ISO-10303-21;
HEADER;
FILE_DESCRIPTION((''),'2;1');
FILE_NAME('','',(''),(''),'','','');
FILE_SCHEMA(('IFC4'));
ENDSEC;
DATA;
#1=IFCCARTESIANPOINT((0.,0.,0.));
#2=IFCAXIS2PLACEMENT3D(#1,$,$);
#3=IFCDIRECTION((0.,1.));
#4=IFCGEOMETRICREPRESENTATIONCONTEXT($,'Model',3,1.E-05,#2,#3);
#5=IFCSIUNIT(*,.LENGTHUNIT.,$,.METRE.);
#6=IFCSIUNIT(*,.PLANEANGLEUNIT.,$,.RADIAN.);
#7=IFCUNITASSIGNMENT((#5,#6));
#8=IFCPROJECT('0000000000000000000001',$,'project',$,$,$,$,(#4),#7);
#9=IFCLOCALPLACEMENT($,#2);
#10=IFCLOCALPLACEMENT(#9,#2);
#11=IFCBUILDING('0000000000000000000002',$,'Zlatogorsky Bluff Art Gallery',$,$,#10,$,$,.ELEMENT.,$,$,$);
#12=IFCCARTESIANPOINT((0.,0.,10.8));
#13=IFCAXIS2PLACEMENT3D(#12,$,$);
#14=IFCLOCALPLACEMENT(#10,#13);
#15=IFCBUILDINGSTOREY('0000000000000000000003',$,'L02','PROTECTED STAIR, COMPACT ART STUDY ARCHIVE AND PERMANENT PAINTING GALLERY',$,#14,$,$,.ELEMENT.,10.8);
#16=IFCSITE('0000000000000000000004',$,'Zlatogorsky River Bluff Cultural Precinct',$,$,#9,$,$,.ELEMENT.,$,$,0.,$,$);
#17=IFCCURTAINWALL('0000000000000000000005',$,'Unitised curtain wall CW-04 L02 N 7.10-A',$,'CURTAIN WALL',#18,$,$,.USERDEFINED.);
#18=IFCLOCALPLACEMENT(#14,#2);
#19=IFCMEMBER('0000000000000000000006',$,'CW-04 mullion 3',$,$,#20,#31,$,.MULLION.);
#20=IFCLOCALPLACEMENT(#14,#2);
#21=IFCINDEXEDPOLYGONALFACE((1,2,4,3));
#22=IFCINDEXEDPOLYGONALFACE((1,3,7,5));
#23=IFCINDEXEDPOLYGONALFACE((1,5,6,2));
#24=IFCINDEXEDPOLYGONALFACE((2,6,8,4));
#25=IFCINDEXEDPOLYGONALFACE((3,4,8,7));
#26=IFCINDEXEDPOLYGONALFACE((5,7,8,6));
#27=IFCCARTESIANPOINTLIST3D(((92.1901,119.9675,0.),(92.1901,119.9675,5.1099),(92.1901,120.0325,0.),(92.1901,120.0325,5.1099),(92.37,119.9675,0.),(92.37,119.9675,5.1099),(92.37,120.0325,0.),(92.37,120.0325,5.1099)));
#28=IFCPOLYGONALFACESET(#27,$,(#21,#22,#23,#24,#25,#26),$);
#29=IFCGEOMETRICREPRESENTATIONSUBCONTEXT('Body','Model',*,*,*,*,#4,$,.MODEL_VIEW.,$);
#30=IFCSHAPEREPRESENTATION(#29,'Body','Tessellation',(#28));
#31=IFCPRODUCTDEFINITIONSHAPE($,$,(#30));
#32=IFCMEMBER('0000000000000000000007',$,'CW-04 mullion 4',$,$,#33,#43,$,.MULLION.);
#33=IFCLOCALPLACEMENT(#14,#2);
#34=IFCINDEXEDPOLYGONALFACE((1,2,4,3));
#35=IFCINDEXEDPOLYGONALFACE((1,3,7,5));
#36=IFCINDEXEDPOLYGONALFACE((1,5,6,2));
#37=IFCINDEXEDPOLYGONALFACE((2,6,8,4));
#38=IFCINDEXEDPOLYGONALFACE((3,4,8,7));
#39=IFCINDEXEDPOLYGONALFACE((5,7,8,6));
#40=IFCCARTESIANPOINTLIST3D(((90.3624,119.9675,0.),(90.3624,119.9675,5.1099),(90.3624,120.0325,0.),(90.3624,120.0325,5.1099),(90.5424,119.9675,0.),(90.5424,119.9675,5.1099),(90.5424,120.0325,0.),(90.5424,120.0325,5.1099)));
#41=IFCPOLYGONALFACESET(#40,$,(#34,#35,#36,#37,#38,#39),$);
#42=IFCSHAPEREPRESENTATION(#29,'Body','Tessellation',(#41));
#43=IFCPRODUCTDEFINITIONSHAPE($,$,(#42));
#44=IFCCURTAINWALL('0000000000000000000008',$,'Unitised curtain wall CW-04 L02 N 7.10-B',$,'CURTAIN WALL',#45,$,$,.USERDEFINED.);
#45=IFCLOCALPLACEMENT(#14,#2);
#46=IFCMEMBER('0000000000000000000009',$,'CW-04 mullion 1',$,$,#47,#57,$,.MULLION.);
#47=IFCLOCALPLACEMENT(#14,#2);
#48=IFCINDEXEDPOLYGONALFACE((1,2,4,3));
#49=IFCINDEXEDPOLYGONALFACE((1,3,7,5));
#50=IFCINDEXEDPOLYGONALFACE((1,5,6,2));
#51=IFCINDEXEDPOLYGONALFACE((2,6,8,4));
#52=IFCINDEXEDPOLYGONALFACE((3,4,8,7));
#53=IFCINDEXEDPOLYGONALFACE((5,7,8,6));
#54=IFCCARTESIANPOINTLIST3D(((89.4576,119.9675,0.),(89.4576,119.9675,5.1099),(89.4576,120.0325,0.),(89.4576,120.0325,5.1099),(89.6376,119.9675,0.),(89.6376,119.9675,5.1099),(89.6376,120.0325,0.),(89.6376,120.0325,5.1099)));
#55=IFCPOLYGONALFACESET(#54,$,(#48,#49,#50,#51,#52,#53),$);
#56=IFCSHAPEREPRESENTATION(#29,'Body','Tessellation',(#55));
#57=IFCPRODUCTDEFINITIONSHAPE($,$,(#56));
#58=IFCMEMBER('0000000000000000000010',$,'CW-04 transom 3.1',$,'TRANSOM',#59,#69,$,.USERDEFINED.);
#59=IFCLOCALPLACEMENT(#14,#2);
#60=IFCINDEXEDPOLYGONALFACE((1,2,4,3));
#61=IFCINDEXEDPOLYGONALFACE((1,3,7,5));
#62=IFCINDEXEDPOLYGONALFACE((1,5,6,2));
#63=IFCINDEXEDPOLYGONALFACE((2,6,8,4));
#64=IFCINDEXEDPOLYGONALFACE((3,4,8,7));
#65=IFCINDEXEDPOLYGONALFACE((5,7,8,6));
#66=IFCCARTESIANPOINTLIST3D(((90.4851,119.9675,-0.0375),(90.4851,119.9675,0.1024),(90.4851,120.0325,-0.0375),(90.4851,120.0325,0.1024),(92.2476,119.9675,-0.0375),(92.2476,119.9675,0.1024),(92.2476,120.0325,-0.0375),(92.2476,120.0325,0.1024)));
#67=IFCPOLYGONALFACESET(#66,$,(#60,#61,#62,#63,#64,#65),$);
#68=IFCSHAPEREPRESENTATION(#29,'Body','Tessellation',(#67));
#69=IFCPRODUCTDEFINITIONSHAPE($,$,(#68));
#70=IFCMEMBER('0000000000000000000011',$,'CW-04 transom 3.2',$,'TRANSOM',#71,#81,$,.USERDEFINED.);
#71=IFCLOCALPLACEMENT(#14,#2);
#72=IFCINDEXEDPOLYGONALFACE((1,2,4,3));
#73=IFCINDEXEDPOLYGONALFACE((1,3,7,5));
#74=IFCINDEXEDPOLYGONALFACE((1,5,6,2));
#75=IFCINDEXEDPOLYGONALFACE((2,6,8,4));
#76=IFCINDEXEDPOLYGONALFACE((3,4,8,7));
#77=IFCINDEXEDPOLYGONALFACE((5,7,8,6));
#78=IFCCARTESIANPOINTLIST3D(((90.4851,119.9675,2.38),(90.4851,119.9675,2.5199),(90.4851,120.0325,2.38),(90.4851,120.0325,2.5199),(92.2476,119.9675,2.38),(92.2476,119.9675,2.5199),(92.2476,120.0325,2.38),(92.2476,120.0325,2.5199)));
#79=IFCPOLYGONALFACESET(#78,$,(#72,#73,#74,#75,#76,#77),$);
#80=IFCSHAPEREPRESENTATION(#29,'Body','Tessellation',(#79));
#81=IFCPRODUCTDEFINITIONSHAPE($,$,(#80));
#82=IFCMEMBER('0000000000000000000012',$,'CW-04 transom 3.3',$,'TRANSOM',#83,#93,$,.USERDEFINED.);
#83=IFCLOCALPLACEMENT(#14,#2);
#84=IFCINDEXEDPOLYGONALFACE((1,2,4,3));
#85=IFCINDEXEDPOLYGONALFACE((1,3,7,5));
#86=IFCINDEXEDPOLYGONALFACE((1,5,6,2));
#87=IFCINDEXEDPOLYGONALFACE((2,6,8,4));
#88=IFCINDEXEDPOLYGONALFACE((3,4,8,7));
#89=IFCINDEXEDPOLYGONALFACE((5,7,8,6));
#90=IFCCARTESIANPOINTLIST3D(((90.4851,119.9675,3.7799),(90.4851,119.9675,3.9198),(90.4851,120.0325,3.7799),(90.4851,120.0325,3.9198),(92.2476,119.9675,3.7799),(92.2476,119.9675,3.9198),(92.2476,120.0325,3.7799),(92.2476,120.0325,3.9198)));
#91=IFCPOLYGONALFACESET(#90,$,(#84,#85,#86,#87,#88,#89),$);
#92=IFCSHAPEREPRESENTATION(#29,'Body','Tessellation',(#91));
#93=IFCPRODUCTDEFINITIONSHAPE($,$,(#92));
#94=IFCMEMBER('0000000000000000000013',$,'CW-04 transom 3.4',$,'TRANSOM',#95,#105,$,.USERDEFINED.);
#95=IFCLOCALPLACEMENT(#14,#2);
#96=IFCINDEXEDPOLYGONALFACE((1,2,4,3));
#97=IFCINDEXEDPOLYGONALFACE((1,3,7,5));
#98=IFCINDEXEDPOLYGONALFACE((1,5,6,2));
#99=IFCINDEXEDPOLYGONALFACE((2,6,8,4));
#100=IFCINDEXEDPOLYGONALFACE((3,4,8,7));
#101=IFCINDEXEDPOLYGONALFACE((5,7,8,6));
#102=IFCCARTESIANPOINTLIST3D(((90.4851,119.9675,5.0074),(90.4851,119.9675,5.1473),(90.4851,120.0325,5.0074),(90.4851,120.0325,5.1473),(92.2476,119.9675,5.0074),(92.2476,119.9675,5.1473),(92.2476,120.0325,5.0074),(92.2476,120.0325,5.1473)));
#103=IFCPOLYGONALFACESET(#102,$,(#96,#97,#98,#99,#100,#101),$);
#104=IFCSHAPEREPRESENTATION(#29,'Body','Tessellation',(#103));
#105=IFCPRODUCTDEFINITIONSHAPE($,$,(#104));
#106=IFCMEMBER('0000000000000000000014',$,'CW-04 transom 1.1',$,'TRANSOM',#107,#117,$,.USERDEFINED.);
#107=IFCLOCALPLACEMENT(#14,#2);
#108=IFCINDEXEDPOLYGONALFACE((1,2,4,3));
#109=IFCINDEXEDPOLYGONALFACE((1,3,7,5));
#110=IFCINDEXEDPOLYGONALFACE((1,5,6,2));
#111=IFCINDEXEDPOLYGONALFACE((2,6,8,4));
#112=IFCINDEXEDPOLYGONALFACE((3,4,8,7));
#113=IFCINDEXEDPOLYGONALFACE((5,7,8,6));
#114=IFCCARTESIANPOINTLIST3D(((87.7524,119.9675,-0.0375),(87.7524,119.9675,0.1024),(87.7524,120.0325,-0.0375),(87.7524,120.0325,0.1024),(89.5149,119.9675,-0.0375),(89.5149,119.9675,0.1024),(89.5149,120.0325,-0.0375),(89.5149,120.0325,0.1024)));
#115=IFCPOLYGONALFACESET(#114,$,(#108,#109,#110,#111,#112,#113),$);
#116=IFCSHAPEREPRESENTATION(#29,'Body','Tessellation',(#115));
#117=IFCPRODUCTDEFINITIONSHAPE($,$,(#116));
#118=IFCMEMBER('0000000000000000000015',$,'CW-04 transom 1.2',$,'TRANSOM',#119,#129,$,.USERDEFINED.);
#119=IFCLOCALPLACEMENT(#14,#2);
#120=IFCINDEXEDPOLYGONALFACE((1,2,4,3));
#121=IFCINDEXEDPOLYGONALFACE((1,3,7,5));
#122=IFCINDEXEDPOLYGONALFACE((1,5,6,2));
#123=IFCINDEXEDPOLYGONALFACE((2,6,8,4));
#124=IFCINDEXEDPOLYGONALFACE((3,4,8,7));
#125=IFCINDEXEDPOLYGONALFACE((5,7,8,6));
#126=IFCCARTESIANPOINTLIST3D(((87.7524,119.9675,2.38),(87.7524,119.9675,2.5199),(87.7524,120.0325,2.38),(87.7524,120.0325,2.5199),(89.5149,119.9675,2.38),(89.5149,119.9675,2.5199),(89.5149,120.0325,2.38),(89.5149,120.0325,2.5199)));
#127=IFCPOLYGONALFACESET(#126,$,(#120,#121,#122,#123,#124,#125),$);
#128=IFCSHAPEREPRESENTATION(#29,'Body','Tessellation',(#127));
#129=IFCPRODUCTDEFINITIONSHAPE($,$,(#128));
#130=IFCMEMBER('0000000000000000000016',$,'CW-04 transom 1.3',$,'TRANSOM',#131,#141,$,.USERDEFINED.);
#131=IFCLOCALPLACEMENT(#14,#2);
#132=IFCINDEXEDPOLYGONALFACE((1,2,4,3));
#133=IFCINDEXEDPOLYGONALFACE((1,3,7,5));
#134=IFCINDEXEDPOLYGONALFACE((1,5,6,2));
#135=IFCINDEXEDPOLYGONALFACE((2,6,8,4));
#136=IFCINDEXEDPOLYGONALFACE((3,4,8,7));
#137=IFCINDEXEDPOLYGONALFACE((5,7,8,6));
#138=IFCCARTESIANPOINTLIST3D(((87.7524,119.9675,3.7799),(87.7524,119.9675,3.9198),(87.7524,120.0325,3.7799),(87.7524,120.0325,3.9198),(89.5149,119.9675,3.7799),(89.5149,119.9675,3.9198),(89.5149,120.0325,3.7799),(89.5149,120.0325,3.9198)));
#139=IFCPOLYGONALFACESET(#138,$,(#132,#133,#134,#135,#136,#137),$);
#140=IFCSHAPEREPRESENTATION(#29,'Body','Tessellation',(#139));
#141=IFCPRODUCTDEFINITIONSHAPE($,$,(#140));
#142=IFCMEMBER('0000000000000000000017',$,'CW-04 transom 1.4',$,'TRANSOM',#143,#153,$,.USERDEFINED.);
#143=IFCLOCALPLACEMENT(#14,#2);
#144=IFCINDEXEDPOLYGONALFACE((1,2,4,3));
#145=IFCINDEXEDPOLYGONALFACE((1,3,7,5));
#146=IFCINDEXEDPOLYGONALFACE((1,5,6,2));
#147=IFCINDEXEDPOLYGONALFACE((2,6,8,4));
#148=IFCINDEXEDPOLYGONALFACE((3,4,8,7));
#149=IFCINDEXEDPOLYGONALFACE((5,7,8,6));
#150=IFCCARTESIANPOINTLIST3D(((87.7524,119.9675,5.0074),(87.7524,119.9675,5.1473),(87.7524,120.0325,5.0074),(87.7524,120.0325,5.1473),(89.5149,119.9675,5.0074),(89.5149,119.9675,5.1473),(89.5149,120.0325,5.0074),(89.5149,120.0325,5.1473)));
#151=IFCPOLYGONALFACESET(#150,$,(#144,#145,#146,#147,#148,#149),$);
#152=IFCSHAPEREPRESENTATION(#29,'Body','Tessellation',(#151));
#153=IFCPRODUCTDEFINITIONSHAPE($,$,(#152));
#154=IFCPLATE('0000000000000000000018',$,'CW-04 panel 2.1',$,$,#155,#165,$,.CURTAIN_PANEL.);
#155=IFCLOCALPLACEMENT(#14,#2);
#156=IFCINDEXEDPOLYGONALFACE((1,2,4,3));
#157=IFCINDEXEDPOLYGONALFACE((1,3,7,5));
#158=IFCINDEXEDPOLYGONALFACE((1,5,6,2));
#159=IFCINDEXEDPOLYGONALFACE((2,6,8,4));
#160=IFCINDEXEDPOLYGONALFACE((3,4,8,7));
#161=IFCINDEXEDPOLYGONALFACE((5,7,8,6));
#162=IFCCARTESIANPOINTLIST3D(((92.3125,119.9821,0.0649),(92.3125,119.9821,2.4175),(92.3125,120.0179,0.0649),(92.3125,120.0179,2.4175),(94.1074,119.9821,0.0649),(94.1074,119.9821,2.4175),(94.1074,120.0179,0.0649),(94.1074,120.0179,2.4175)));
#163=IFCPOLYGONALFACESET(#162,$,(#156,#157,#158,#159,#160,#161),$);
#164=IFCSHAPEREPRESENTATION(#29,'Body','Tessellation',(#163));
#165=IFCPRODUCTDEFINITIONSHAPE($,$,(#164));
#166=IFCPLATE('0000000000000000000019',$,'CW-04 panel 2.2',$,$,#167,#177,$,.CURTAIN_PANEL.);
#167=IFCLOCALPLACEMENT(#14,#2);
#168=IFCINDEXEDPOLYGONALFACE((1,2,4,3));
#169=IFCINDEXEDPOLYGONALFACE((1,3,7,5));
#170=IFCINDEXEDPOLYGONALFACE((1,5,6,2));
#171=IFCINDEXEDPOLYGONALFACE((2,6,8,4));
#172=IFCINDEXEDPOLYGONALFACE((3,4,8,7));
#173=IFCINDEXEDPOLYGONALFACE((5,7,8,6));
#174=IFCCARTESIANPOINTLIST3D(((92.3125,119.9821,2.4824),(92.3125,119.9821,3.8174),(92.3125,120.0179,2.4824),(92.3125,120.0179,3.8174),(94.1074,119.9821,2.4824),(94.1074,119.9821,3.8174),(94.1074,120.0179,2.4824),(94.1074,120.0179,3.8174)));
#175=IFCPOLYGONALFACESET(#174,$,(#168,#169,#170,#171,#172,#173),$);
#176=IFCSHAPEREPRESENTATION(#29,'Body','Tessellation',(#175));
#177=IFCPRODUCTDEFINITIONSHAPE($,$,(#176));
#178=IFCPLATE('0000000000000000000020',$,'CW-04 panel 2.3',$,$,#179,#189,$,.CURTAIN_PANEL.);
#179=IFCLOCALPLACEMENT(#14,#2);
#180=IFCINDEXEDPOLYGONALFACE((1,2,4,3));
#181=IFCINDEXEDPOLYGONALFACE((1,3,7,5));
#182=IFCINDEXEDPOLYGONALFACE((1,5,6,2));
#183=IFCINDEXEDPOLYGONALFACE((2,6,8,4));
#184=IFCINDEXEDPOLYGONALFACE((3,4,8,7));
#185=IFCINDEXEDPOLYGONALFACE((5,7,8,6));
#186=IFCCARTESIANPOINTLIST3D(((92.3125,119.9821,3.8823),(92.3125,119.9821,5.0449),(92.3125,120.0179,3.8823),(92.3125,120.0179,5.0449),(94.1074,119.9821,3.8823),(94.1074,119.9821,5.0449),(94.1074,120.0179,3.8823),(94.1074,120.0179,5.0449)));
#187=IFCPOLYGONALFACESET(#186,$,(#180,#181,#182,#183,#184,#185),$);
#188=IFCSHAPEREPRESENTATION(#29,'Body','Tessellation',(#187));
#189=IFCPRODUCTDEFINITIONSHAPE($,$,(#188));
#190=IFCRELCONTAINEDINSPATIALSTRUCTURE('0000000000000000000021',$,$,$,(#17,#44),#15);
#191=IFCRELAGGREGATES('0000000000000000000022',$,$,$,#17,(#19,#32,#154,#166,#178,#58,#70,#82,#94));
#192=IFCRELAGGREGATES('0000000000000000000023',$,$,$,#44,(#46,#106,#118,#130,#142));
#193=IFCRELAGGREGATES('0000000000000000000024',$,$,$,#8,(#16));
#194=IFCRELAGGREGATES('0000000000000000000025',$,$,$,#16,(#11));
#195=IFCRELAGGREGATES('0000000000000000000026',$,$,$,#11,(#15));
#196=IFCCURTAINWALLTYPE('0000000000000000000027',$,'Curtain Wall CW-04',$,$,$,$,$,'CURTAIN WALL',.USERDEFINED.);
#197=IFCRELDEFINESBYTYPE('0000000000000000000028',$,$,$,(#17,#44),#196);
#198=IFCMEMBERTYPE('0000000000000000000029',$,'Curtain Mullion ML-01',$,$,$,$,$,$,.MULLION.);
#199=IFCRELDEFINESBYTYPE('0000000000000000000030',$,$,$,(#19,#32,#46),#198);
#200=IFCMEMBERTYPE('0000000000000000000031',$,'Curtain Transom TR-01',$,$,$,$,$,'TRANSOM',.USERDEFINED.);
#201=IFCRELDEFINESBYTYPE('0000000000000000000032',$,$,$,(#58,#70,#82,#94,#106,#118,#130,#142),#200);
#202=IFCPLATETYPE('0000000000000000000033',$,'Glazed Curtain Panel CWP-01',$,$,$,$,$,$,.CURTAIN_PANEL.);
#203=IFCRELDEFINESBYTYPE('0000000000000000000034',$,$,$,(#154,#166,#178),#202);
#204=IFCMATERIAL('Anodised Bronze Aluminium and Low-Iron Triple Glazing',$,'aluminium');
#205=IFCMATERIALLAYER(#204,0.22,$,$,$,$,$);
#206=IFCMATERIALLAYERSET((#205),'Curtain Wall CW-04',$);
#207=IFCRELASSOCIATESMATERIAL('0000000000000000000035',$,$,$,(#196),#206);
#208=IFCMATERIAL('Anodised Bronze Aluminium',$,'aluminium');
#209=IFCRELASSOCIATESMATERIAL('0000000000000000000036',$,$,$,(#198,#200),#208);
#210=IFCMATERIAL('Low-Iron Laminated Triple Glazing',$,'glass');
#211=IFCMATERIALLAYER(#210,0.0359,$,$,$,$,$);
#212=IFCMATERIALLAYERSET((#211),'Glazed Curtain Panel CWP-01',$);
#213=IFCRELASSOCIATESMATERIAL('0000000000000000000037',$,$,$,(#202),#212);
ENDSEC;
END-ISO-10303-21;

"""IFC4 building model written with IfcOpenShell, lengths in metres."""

from ifc_helpers import new_model, si_unit, direction, frame, origin, origin_2d, place, context, subcontext, project, spatial, rectangle, extrude, material, layer, layer_set, material_profile, profile_set, type_object, element, aggregate, save


model = new_model("IFC4")

# Units and contexts
model_context = context("Model", 3, precision=1e-05, world=origin(), true_north=direction((0.0, 1.0)))
body_context = subcontext(model_context, "Body", "Model", "MODEL_VIEW")
ifc_project = project(units=[si_unit("LENGTHUNIT", "METRE"), si_unit("PLANEANGLEUNIT", "RADIAN")], contexts=[model_context])

# Site, building, storey
site_placement = place(None, origin())
site = spatial("IfcSite", under=ifc_project, at=site_placement, Name="Zlatogorsky River Bluff Cultural Precinct", CompositionType="ELEMENT", RefElevation=0.0)
building_placement = place(site_placement, origin())
building = spatial("IfcBuilding", under=site, at=building_placement, Name="Zlatogorsky Bluff Art Gallery", CompositionType="ELEMENT")
storey_placement = place(building_placement, frame((0.0, 0.0, 10.8)))
storey = spatial("IfcBuildingStorey", under=building, at=storey_placement, Name="L02", Description="PROTECTED STAIR, COMPACT ART STUDY ARCHIVE AND PERMANENT PAINTING GALLERY", CompositionType="ELEMENT", Elevation=10.8)

# Curtain wall, members
ifc_material_1 = material(Name="Anodised Bronze Aluminium and Low-Iron Triple Glazing", Category="aluminium")
ifc_layer_1 = layer(ifc_material_1, 0.22)
ifc_layer_set_1 = layer_set([ifc_layer_1], Name="Curtain Wall CW-04")
curtain_wall_type = type_object("IfcCurtainWallType", Name="Curtain Wall CW-04", ElementType="CURTAIN WALL", PredefinedType="USERDEFINED", material=ifc_layer_set_1)
curtain_wall_1_placement = place(storey_placement, origin())
curtain_wall_1 = element("IfcCurtainWall", 1, at=curtain_wall_1_placement, inside=storey, type_object=curtain_wall_type, Name="Unitised curtain wall CW-04 L02 N 7.10-A", ObjectType="CURTAIN WALL", PredefinedType="USERDEFINED")
ifc_material_2 = material(Name="Anodised Bronze Aluminium", Category="aluminium")
ifc_material_profile_1 = material_profile(ifc_material_2, rectangle(XDim=0.0649, YDim=0.1799, at=origin_2d()), Name="ALU MULLION 65x180")
ifc_profile_set_1 = profile_set([ifc_material_profile_1], Name="Anodised Bronze Aluminium")
member_type_1 = type_object("IfcMemberType", Name="Curtain Mullion ML-01", PredefinedType="MULLION", material=ifc_profile_set_1)
member_1_placement = place(storey_placement, frame((92.28, 120.0, 0.0), z_axis=(0.0, 0.0, 1.0), x_axis=(0.0, -1.0, 0.0)))
member_1 = element("IfcMember", 2, at=member_1_placement, type_object=member_type_1, Name="CW-04 mullion 3", PredefinedType="MULLION", context=body_context, shape_type="SweptSolid", body=[
    extrude(rectangle(XDim=0.0649, YDim=0.1799, at=origin_2d()), origin(), (0.0, 0.0, 1.0), 5.1099),
])
member_2_placement = place(storey_placement, frame((90.4524, 120.0, 0.0), z_axis=(0.0, 0.0, 1.0), x_axis=(0.0, -1.0, 0.0)))
member_2 = element("IfcMember", 3, at=member_2_placement, type_object=member_type_1, Name="CW-04 mullion 4", PredefinedType="MULLION", context=body_context, shape_type="SweptSolid", body=[
    extrude(rectangle(XDim=0.0649, YDim=0.1799, at=origin_2d()), origin(), (0.0, 0.0, 1.0), 5.1099),
])

# Curtain wall, member
curtain_wall_2_placement = place(storey_placement, origin())
curtain_wall_2 = element("IfcCurtainWall", 4, at=curtain_wall_2_placement, inside=storey, type_object=curtain_wall_type, Name="Unitised curtain wall CW-04 L02 N 7.10-B", ObjectType="CURTAIN WALL", PredefinedType="USERDEFINED")
member_3_placement = place(storey_placement, frame((89.5476, 120.0, 0.0), z_axis=(0.0, 0.0, 1.0), x_axis=(0.0, -1.0, 0.0)))
member_3 = element("IfcMember", 5, at=member_3_placement, type_object=member_type_1, Name="CW-04 mullion 1", PredefinedType="MULLION", context=body_context, shape_type="SweptSolid", body=[
    extrude(rectangle(XDim=0.0649, YDim=0.1799, at=origin_2d()), origin(), (0.0, 0.0, 1.0), 5.1099),
])

# Members
ifc_material_profile_2 = material_profile(ifc_material_2, rectangle(XDim=0.0649, YDim=0.1399, at=origin_2d()), Name="ALU TRANSOM 65x140")
ifc_profile_set_2 = profile_set([ifc_material_profile_2], Name="Anodised Bronze Aluminium")
member_type_2 = type_object("IfcMemberType", Name="Curtain Transom TR-01", ElementType="TRANSOM", PredefinedType="USERDEFINED", material=ifc_profile_set_2)
member_4_placement = place(storey_placement, frame((92.2476, 120.0, 0.0325), z_axis=(-1.0, 0.0, 0.0), x_axis=(0.0, -1.0, 0.0)))
member_4 = element("IfcMember", 6, at=member_4_placement, type_object=member_type_2, Name="CW-04 transom 3.1", ObjectType="TRANSOM", PredefinedType="USERDEFINED", context=body_context, shape_type="SweptSolid", body=[
    extrude(rectangle(XDim=0.0649, YDim=0.1399, at=origin_2d()), origin(), (0.0, 0.0, 1.0), 1.7625),
])
member_5_placement = place(storey_placement, frame((92.2476, 120.0, 2.45), z_axis=(-1.0, 0.0, 0.0), x_axis=(0.0, -1.0, 0.0)))
member_5 = element("IfcMember", 7, at=member_5_placement, type_object=member_type_2, Name="CW-04 transom 3.2", ObjectType="TRANSOM", PredefinedType="USERDEFINED", context=body_context, shape_type="SweptSolid", body=[
    extrude(rectangle(XDim=0.0649, YDim=0.1399, at=origin_2d()), origin(), (0.0, 0.0, 1.0), 1.7625),
])
member_6_placement = place(storey_placement, frame((92.2476, 120.0, 3.8499), z_axis=(-1.0, 0.0, 0.0), x_axis=(0.0, -1.0, 0.0)))
member_6 = element("IfcMember", 8, at=member_6_placement, type_object=member_type_2, Name="CW-04 transom 3.3", ObjectType="TRANSOM", PredefinedType="USERDEFINED", context=body_context, shape_type="SweptSolid", body=[
    extrude(rectangle(XDim=0.0649, YDim=0.1399, at=origin_2d()), origin(), (0.0, 0.0, 1.0), 1.7625),
])
member_7_placement = place(storey_placement, frame((92.2476, 120.0, 5.0774), z_axis=(-1.0, 0.0, 0.0), x_axis=(0.0, -1.0, 0.0)))
member_7 = element("IfcMember", 9, at=member_7_placement, type_object=member_type_2, Name="CW-04 transom 3.4", ObjectType="TRANSOM", PredefinedType="USERDEFINED", context=body_context, shape_type="SweptSolid", body=[
    extrude(rectangle(XDim=0.0649, YDim=0.1399, at=origin_2d()), origin(), (0.0, 0.0, 1.0), 1.7625),
])
member_8_placement = place(storey_placement, frame((89.5149, 120.0, 0.0325), z_axis=(-1.0, 0.0, 0.0), x_axis=(0.0, -1.0, 0.0)))
member_8 = element("IfcMember", 10, at=member_8_placement, type_object=member_type_2, Name="CW-04 transom 1.1", ObjectType="TRANSOM", PredefinedType="USERDEFINED", context=body_context, shape_type="SweptSolid", body=[
    extrude(rectangle(XDim=0.0649, YDim=0.1399, at=origin_2d()), origin(), (0.0, 0.0, 1.0), 1.7625),
])
member_9_placement = place(storey_placement, frame((89.5149, 120.0, 2.45), z_axis=(-1.0, 0.0, 0.0), x_axis=(0.0, -1.0, 0.0)))
member_9 = element("IfcMember", 11, at=member_9_placement, type_object=member_type_2, Name="CW-04 transom 1.2", ObjectType="TRANSOM", PredefinedType="USERDEFINED", context=body_context, shape_type="SweptSolid", body=[
    extrude(rectangle(XDim=0.0649, YDim=0.1399, at=origin_2d()), origin(), (0.0, 0.0, 1.0), 1.7625),
])
member_10_placement = place(storey_placement, frame((89.5149, 120.0, 3.8499), z_axis=(-1.0, 0.0, 0.0), x_axis=(0.0, -1.0, 0.0)))
member_10 = element("IfcMember", 12, at=member_10_placement, type_object=member_type_2, Name="CW-04 transom 1.3", ObjectType="TRANSOM", PredefinedType="USERDEFINED", context=body_context, shape_type="SweptSolid", body=[
    extrude(rectangle(XDim=0.0649, YDim=0.1399, at=origin_2d()), origin(), (0.0, 0.0, 1.0), 1.7625),
])
member_11_placement = place(storey_placement, frame((89.5149, 120.0, 5.0774), z_axis=(-1.0, 0.0, 0.0), x_axis=(0.0, -1.0, 0.0)))
member_11 = element("IfcMember", 13, at=member_11_placement, type_object=member_type_2, Name="CW-04 transom 1.4", ObjectType="TRANSOM", PredefinedType="USERDEFINED", context=body_context, shape_type="SweptSolid", body=[
    extrude(rectangle(XDim=0.0649, YDim=0.1399, at=origin_2d()), origin(), (0.0, 0.0, 1.0), 1.7625),
])

# Plates
ifc_material_3 = material(Name="Low-Iron Laminated Triple Glazing", Category="glass")
ifc_layer_2 = layer(ifc_material_3, 0.0359)
ifc_layer_set_2 = layer_set([ifc_layer_2], Name="Glazed Curtain Panel CWP-01")
plate_type = type_object("IfcPlateType", Name="Glazed Curtain Panel CWP-01", PredefinedType="CURTAIN_PANEL", material=ifc_layer_set_2)
plate_1_placement = place(storey_placement, frame((93.21, 120.0, 0.0649), z_axis=(0.0, 0.0, 1.0), x_axis=(-1.0, 0.0, 0.0)))
plate_1 = element("IfcPlate", 14, at=plate_1_placement, type_object=plate_type, Name="CW-04 panel 2.1", PredefinedType="CURTAIN_PANEL", context=body_context, shape_type="SweptSolid", body=[
    extrude(rectangle(XDim=1.7949, YDim=0.0359, at=origin_2d()), origin(), (0.0, 0.0, 1.0), 2.3525),
])
plate_2_placement = place(storey_placement, frame((93.21, 120.0, 2.4824), z_axis=(0.0, 0.0, 1.0), x_axis=(-1.0, 0.0, 0.0)))
plate_2 = element("IfcPlate", 15, at=plate_2_placement, type_object=plate_type, Name="CW-04 panel 2.2", PredefinedType="CURTAIN_PANEL", context=body_context, shape_type="SweptSolid", body=[
    extrude(rectangle(XDim=1.7949, YDim=0.0359, at=origin_2d()), origin(), (0.0, 0.0, 1.0), 1.335),
])
plate_3_placement = place(storey_placement, frame((93.21, 120.0, 3.8823), z_axis=(0.0, 0.0, 1.0), x_axis=(-1.0, 0.0, 0.0)))
plate_3 = element("IfcPlate", 16, at=plate_3_placement, type_object=plate_type, Name="CW-04 panel 2.3", PredefinedType="CURTAIN_PANEL", context=body_context, shape_type="SweptSolid", body=[
    extrude(rectangle(XDim=1.7949, YDim=0.0359, at=origin_2d()), origin(), (0.0, 0.0, 1.0), 1.1626),
])
aggregate(curtain_wall_1, [member_1, member_2, plate_1, plate_2, plate_3, member_4, member_5, member_6, member_7])
aggregate(curtain_wall_2, [member_3, member_8, member_9, member_10, member_11])

save(model, "model.ifc")
